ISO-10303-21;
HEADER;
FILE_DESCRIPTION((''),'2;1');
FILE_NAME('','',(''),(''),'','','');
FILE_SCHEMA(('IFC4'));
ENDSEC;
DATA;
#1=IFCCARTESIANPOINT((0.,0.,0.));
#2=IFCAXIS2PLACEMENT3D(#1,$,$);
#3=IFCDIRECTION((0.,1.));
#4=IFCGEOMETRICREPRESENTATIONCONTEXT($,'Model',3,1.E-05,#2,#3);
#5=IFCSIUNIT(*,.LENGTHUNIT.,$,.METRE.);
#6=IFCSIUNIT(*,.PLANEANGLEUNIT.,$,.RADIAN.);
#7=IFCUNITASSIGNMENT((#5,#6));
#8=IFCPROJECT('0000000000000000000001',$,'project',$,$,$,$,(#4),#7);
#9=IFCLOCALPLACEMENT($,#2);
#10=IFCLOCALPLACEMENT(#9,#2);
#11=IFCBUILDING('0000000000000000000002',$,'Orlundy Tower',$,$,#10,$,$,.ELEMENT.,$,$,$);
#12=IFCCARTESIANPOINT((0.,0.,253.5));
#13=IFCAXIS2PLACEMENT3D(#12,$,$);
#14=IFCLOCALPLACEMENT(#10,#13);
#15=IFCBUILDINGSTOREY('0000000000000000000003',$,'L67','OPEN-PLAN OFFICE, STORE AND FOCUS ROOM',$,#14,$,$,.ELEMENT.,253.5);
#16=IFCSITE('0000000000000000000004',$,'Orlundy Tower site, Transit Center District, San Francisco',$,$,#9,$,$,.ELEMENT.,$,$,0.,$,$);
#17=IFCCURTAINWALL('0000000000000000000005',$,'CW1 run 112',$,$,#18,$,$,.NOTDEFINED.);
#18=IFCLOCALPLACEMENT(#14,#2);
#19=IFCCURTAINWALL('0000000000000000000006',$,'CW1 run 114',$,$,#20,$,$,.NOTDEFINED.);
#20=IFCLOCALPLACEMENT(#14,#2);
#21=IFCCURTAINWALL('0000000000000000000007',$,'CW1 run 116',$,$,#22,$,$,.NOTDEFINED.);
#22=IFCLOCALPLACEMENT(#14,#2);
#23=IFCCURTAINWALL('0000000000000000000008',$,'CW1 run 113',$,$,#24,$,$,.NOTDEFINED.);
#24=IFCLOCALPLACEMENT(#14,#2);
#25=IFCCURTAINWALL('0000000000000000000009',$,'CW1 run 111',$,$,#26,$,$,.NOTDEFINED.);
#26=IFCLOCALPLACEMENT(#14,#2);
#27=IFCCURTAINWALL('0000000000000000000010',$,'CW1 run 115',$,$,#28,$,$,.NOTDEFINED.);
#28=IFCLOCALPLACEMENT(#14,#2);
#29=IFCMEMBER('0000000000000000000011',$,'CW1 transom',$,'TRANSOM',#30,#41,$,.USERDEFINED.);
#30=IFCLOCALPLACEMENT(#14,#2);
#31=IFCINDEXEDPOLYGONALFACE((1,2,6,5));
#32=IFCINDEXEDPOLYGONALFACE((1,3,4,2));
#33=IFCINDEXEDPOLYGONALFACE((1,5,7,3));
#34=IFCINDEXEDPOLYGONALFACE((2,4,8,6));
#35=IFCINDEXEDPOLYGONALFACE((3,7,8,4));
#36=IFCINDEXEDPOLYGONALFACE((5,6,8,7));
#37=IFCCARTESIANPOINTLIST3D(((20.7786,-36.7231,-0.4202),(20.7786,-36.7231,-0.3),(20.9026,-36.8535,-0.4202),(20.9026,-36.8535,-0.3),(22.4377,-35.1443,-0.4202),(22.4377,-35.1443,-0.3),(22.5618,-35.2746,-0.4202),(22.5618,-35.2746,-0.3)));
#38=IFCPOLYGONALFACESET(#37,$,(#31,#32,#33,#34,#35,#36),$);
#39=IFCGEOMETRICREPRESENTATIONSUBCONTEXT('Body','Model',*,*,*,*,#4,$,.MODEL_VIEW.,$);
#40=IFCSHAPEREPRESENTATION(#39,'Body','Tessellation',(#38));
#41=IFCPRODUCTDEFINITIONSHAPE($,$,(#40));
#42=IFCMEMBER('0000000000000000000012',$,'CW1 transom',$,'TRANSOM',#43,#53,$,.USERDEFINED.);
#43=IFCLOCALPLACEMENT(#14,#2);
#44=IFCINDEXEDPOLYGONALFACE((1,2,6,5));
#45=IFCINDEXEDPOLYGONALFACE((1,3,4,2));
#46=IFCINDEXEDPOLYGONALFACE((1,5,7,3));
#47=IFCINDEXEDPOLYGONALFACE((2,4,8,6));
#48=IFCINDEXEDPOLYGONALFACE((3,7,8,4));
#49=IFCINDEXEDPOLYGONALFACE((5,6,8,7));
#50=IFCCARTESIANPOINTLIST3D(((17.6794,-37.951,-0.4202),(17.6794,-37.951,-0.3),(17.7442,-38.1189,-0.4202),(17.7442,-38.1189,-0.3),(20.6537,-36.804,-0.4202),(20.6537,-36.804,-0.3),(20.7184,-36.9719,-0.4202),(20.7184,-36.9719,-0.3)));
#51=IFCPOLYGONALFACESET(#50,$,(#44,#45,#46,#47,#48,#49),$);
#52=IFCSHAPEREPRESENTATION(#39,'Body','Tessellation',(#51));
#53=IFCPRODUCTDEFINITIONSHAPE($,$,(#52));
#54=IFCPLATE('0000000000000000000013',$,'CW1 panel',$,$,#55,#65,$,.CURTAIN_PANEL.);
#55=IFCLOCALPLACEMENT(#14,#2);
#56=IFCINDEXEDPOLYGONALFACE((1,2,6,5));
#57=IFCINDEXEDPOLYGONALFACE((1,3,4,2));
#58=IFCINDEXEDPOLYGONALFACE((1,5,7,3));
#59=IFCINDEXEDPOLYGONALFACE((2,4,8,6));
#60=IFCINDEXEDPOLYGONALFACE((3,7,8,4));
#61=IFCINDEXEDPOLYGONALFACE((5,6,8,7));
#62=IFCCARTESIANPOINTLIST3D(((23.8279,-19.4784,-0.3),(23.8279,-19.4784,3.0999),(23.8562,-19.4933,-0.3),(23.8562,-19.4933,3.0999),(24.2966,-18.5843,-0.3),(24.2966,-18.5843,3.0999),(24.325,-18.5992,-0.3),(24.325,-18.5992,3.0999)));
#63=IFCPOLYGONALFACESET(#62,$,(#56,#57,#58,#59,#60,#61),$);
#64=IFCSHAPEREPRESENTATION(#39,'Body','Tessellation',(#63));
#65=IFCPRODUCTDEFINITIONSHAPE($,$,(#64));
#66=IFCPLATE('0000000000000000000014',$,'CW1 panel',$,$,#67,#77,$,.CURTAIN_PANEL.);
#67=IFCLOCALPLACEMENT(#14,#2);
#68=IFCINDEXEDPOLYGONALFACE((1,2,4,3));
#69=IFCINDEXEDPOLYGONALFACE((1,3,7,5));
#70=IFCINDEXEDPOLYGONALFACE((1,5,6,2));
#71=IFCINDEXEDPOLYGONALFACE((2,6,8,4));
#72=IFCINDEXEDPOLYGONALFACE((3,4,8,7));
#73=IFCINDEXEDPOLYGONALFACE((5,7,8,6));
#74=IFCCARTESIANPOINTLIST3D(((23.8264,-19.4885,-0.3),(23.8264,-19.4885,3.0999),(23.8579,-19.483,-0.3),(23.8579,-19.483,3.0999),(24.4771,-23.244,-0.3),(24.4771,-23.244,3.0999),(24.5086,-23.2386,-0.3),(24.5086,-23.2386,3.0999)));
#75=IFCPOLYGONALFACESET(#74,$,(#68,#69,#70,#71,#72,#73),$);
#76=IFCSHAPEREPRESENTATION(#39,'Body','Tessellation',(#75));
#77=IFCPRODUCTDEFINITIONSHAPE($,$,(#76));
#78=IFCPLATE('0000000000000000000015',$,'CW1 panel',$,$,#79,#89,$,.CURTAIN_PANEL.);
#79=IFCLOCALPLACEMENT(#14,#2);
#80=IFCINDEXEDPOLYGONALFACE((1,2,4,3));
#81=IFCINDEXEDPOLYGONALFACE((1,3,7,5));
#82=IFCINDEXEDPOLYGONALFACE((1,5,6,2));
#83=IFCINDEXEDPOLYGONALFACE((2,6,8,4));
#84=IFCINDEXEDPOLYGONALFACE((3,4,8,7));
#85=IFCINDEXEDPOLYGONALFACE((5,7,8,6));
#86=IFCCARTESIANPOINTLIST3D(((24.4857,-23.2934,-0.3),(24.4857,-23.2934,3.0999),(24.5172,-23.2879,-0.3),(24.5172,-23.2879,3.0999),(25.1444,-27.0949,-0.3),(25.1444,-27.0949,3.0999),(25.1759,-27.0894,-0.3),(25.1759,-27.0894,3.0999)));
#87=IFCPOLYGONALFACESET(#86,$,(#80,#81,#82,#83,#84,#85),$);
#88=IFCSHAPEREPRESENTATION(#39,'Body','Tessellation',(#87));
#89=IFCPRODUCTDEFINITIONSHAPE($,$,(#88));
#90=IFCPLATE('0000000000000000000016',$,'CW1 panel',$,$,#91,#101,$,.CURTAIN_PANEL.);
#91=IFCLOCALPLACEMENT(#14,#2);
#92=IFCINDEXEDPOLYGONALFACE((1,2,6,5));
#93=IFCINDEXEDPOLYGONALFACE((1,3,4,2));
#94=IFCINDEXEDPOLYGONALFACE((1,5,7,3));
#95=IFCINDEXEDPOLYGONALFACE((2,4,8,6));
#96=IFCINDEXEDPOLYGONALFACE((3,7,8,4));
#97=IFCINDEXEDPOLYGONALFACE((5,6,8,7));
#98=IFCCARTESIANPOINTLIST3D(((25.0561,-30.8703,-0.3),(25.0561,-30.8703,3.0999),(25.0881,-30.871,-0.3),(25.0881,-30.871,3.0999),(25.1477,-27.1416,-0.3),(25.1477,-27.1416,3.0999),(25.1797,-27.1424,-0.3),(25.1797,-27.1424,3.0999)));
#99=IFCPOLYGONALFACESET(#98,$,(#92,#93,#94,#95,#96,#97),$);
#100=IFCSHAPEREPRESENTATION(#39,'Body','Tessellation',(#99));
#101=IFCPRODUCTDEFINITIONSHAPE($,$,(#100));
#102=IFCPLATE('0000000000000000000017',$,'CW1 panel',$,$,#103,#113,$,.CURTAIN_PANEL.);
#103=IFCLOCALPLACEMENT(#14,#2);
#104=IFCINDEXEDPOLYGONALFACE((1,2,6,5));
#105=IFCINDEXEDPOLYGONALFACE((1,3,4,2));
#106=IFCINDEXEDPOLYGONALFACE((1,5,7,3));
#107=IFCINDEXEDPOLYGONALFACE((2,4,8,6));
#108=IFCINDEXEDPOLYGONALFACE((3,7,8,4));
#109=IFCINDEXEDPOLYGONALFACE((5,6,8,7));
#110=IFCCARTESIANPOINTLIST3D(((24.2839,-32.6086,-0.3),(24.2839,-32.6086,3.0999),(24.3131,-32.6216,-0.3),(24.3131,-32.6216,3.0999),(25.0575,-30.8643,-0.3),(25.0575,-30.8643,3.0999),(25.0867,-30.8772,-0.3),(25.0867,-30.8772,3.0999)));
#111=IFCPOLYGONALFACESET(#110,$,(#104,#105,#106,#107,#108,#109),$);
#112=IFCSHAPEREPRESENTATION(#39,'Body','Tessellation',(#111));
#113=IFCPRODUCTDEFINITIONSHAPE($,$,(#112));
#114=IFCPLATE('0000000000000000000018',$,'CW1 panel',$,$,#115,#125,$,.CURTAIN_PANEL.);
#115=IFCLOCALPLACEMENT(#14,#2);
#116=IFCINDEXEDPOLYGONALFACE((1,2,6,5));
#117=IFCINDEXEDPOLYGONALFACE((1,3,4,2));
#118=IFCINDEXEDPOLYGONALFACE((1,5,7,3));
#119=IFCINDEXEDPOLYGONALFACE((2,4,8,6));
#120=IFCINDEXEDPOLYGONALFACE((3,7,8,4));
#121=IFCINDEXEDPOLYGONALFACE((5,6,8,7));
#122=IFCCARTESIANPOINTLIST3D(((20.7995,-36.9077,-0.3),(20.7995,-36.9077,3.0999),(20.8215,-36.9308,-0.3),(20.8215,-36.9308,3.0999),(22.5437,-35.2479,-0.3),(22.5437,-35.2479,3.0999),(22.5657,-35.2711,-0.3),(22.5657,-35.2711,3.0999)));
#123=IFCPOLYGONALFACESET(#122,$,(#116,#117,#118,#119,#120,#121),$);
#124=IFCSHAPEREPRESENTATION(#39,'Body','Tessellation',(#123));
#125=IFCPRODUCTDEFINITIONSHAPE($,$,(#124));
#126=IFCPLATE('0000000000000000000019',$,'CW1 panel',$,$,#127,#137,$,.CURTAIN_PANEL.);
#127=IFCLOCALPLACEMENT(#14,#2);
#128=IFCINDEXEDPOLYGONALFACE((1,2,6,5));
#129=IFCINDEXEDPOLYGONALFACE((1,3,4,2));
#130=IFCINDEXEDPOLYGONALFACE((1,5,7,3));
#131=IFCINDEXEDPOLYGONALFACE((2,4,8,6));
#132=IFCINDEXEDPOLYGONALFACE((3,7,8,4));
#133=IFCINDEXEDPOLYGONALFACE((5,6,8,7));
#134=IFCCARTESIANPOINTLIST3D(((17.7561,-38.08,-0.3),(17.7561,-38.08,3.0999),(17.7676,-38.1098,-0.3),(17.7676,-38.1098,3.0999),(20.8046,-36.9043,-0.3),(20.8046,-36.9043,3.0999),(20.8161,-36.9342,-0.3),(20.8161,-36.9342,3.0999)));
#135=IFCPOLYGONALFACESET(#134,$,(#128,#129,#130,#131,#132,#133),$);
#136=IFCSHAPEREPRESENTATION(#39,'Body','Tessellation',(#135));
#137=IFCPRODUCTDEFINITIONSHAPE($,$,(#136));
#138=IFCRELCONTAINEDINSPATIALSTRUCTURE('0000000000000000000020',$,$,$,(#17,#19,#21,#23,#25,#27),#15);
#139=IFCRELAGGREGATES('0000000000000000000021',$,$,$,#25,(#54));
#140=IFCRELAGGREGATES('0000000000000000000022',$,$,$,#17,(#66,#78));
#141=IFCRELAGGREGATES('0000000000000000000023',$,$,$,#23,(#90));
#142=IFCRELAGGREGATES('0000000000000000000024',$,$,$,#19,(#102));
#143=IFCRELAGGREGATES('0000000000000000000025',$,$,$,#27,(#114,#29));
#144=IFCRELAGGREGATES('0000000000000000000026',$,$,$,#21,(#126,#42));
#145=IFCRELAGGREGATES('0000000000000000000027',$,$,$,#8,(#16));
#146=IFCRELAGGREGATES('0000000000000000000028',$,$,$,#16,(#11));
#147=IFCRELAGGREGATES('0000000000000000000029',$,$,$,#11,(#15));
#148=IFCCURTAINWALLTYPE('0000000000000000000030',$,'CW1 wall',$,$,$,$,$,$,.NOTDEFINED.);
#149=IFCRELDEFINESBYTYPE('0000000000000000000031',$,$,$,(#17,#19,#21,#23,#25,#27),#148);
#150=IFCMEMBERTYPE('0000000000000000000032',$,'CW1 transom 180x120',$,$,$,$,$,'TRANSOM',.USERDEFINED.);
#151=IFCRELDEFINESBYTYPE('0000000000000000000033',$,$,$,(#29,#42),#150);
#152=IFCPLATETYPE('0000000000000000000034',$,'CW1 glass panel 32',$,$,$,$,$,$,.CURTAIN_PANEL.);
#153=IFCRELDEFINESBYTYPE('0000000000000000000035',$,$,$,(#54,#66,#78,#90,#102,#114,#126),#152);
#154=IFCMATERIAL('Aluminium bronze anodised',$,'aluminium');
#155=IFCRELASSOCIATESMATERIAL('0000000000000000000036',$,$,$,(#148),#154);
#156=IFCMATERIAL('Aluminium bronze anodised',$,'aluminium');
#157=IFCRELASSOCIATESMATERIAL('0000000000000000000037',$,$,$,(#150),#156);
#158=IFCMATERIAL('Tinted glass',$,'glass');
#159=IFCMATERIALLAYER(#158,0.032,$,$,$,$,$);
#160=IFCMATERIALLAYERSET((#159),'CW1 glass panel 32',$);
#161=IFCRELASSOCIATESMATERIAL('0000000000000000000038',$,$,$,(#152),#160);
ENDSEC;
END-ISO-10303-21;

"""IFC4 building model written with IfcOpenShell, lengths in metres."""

from ifc_helpers import new_model, si_unit, direction, frame, origin, origin_2d, place, context, subcontext, project, spatial, rectangle, extrude, material, layer, layer_set, material_profile, profile_set, type_object, element, aggregate, save


model = new_model("IFC4")

# Units and contexts
model_context = context("Model", 3, precision=1e-05, world=origin(), true_north=direction((0.0, 1.0)))
body_context = subcontext(model_context, "Body", "Model", "MODEL_VIEW")
ifc_project = project(units=[si_unit("LENGTHUNIT", "METRE"), si_unit("PLANEANGLEUNIT", "RADIAN")], contexts=[model_context])

# Site, building, storey
site_placement = place(None, origin())
site = spatial("IfcSite", under=ifc_project, at=site_placement, Name="Orlundy Tower site, Transit Center District, San Francisco", CompositionType="ELEMENT", RefElevation=0.0)
building_placement = place(site_placement, origin())
building = spatial("IfcBuilding", under=site, at=building_placement, Name="Orlundy Tower", CompositionType="ELEMENT")
storey_placement = place(building_placement, frame((0.0, 0.0, 253.5)))
storey = spatial("IfcBuildingStorey", under=building, at=storey_placement, Name="L67", Description="OPEN-PLAN OFFICE, STORE AND FOCUS ROOM", CompositionType="ELEMENT", Elevation=253.5)

# Curtain walls
ifc_material_1 = material(Name="Aluminium bronze anodised", Category="aluminium")
curtain_wall_type = type_object("IfcCurtainWallType", Name="CW1 wall", PredefinedType="NOTDEFINED", material=ifc_material_1)
curtain_wall_1_placement = place(storey_placement, origin())
curtain_wall_1 = element("IfcCurtainWall", 1, at=curtain_wall_1_placement, inside=storey, type_object=curtain_wall_type, Name="CW1 run 112", PredefinedType="NOTDEFINED")
curtain_wall_2_placement = place(storey_placement, origin())
curtain_wall_2 = element("IfcCurtainWall", 2, at=curtain_wall_2_placement, inside=storey, type_object=curtain_wall_type, Name="CW1 run 114", PredefinedType="NOTDEFINED")
curtain_wall_3_placement = place(storey_placement, origin())
curtain_wall_3 = element("IfcCurtainWall", 3, at=curtain_wall_3_placement, inside=storey, type_object=curtain_wall_type, Name="CW1 run 116", PredefinedType="NOTDEFINED")

# Curtain walls
curtain_wall_4_placement = place(storey_placement, origin())
curtain_wall_4 = element("IfcCurtainWall", 4, at=curtain_wall_4_placement, inside=storey, type_object=curtain_wall_type, Name="CW1 run 113", PredefinedType="NOTDEFINED")
curtain_wall_5_placement = place(storey_placement, origin())
curtain_wall_5 = element("IfcCurtainWall", 5, at=curtain_wall_5_placement, inside=storey, type_object=curtain_wall_type, Name="CW1 run 111", PredefinedType="NOTDEFINED")
ifc_material_2 = material(Name="Aluminium bronze anodised", Category="aluminium")
ifc_material_profile_1 = material_profile(ifc_material_2, rectangle(XDim=0.1799, YDim=0.1201, at=origin_2d()), Name="CW1 transom 180x120")
ifc_profile_set_1 = profile_set([ifc_material_profile_1], Name="Aluminium bronze anodised")
member_type_1 = type_object("IfcMemberType", Name="CW1 transom 180x120", ElementType="TRANSOM", PredefinedType="USERDEFINED", material=ifc_profile_set_1)

# Curtain wall, member
curtain_wall_6_placement = place(storey_placement, origin())
curtain_wall_6 = element("IfcCurtainWall", 6, at=curtain_wall_6_placement, inside=storey, type_object=curtain_wall_type, Name="CW1 run 115", PredefinedType="NOTDEFINED")
member_1_placement = place(storey_placement, frame((22.4998, -35.2095, -0.3601), z_axis=(-0.724424, -0.689354, 0.0), x_axis=(0.689354, -0.724424, 0.0)))
member_1 = element("IfcMember", 7, at=member_1_placement, type_object=member_type_1, Name="CW1 transom", ObjectType="TRANSOM", PredefinedType="USERDEFINED", context=body_context, shape_type="SweptSolid", body=[
    extrude(rectangle(XDim=0.1799, YDim=0.1201, at=origin_2d()), origin(), (0.0, 0.0, 1.0), 2.2903),
])

# Member
member_2_placement = place(storey_placement, frame((20.686, -36.8879, -0.3601), z_axis=(-0.933021, -0.359821, 0.0), x_axis=(0.359821, -0.933021, 0.0)))
member_2 = element("IfcMember", 8, at=member_2_placement, type_object=member_type_1, Name="CW1 transom", ObjectType="TRANSOM", PredefinedType="USERDEFINED", context=body_context, shape_type="SweptSolid", body=[
    extrude(rectangle(XDim=0.1799, YDim=0.1201, at=origin_2d()), origin(), (0.0, 0.0, 1.0), 3.1877),
])

# Plates
ifc_material_3 = material(Name="Tinted glass", Category="glass")
ifc_layer = layer(ifc_material_3, 0.032)
ifc_layer_set = layer_set([ifc_layer], Name="CW1 glass panel 32")
plate_type = type_object("IfcPlateType", Name="CW1 glass panel 32", PredefinedType="CURTAIN_PANEL", material=ifc_layer_set)
plate_1_placement = place(storey_placement, frame((24.0764, -19.0388, -0.3), z_axis=(0.0, 0.0, 1.0), x_axis=(-0.464333, -0.885661, 0.0)))
plate_1 = element("IfcPlate", 9, at=plate_1_placement, type_object=plate_type, Name="CW1 panel", PredefinedType="CURTAIN_PANEL", context=body_context, shape_type="SweptSolid", body=[
    extrude(rectangle(XDim=1.0095, YDim=0.032, at=origin_2d()), origin(), (0.0, 0.0, 1.0), 3.3999),
])
aggregate(curtain_wall_5, [plate_1])
plate_2_placement = place(storey_placement, frame((24.1675, -21.3635, -0.3), z_axis=(0.0, 0.0, 1.0), x_axis=(0.170729, -0.985318, 0.0)))
plate_2 = element("IfcPlate", 10, at=plate_2_placement, type_object=plate_type, Name="CW1 panel", PredefinedType="CURTAIN_PANEL", context=body_context, shape_type="SweptSolid", body=[
    extrude(rectangle(XDim=3.8115, YDim=0.032, at=origin_2d()), origin(), (0.0, 0.0, 1.0), 3.3999),
])
plate_3_placement = place(storey_placement, frame((24.8308, -25.1914, -0.3), z_axis=(0.0, 0.0, 1.0), x_axis=(0.170729, -0.985318, 0.0)))
plate_3 = element("IfcPlate", 11, at=plate_3_placement, type_object=plate_type, Name="CW1 panel", PredefinedType="CURTAIN_PANEL", context=body_context, shape_type="SweptSolid", body=[
    extrude(rectangle(XDim=3.8582, YDim=0.032, at=origin_2d()), origin(), (0.0, 0.0, 1.0), 3.3999),
])
aggregate(curtain_wall_1, [plate_2, plate_3])
plate_4_placement = place(storey_placement, frame((25.1179, -29.0063, -0.3), z_axis=(0.0, 0.0, 1.0), x_axis=(-0.024554, -0.999699, 0.0)))
plate_4 = element("IfcPlate", 12, at=plate_4_placement, type_object=plate_type, Name="CW1 panel", PredefinedType="CURTAIN_PANEL", context=body_context, shape_type="SweptSolid", body=[
    extrude(rectangle(XDim=3.7297, YDim=0.032, at=origin_2d()), origin(), (0.0, 0.0, 1.0), 3.3999),
])
aggregate(curtain_wall_4, [plate_4])
plate_5_placement = place(storey_placement, frame((24.6853, -31.7429, -0.3), z_axis=(0.0, 0.0, 1.0), x_axis=(-0.405413, -0.914134, 0.0)))
plate_5 = element("IfcPlate", 13, at=plate_5_placement, type_object=plate_type, Name="CW1 panel", PredefinedType="CURTAIN_PANEL", context=body_context, shape_type="SweptSolid", body=[
    extrude(rectangle(XDim=1.9082, YDim=0.032, at=origin_2d()), origin(), (0.0, 0.0, 1.0), 3.3999),
])
aggregate(curtain_wall_2, [plate_5])
plate_6_placement = place(storey_placement, frame((21.6826, -36.0894, -0.3), z_axis=(0.0, 0.0, 1.0), x_axis=(-0.724427, -0.689352, 0.0)))
plate_6 = element("IfcPlate", 14, at=plate_6_placement, type_object=plate_type, Name="CW1 panel", PredefinedType="CURTAIN_PANEL", context=body_context, shape_type="SweptSolid", body=[
    extrude(rectangle(XDim=2.4077, YDim=0.032, at=origin_2d()), origin(), (0.0, 0.0, 1.0), 3.3999),
])
aggregate(curtain_wall_6, [plate_6, member_1])
plate_7_placement = place(storey_placement, frame((19.2861, -37.5071, -0.3), z_axis=(0.0, 0.0, 1.0), x_axis=(-0.933018, -0.359828, 0.0)))
plate_7 = element("IfcPlate", 15, at=plate_7_placement, type_object=plate_type, Name="CW1 panel", PredefinedType="CURTAIN_PANEL", context=body_context, shape_type="SweptSolid", body=[
    extrude(rectangle(XDim=3.2673, YDim=0.032, at=origin_2d()), origin(), (0.0, 0.0, 1.0), 3.3999),
])
aggregate(curtain_wall_3, [plate_7, member_2])

save(model, "model.ifc")
